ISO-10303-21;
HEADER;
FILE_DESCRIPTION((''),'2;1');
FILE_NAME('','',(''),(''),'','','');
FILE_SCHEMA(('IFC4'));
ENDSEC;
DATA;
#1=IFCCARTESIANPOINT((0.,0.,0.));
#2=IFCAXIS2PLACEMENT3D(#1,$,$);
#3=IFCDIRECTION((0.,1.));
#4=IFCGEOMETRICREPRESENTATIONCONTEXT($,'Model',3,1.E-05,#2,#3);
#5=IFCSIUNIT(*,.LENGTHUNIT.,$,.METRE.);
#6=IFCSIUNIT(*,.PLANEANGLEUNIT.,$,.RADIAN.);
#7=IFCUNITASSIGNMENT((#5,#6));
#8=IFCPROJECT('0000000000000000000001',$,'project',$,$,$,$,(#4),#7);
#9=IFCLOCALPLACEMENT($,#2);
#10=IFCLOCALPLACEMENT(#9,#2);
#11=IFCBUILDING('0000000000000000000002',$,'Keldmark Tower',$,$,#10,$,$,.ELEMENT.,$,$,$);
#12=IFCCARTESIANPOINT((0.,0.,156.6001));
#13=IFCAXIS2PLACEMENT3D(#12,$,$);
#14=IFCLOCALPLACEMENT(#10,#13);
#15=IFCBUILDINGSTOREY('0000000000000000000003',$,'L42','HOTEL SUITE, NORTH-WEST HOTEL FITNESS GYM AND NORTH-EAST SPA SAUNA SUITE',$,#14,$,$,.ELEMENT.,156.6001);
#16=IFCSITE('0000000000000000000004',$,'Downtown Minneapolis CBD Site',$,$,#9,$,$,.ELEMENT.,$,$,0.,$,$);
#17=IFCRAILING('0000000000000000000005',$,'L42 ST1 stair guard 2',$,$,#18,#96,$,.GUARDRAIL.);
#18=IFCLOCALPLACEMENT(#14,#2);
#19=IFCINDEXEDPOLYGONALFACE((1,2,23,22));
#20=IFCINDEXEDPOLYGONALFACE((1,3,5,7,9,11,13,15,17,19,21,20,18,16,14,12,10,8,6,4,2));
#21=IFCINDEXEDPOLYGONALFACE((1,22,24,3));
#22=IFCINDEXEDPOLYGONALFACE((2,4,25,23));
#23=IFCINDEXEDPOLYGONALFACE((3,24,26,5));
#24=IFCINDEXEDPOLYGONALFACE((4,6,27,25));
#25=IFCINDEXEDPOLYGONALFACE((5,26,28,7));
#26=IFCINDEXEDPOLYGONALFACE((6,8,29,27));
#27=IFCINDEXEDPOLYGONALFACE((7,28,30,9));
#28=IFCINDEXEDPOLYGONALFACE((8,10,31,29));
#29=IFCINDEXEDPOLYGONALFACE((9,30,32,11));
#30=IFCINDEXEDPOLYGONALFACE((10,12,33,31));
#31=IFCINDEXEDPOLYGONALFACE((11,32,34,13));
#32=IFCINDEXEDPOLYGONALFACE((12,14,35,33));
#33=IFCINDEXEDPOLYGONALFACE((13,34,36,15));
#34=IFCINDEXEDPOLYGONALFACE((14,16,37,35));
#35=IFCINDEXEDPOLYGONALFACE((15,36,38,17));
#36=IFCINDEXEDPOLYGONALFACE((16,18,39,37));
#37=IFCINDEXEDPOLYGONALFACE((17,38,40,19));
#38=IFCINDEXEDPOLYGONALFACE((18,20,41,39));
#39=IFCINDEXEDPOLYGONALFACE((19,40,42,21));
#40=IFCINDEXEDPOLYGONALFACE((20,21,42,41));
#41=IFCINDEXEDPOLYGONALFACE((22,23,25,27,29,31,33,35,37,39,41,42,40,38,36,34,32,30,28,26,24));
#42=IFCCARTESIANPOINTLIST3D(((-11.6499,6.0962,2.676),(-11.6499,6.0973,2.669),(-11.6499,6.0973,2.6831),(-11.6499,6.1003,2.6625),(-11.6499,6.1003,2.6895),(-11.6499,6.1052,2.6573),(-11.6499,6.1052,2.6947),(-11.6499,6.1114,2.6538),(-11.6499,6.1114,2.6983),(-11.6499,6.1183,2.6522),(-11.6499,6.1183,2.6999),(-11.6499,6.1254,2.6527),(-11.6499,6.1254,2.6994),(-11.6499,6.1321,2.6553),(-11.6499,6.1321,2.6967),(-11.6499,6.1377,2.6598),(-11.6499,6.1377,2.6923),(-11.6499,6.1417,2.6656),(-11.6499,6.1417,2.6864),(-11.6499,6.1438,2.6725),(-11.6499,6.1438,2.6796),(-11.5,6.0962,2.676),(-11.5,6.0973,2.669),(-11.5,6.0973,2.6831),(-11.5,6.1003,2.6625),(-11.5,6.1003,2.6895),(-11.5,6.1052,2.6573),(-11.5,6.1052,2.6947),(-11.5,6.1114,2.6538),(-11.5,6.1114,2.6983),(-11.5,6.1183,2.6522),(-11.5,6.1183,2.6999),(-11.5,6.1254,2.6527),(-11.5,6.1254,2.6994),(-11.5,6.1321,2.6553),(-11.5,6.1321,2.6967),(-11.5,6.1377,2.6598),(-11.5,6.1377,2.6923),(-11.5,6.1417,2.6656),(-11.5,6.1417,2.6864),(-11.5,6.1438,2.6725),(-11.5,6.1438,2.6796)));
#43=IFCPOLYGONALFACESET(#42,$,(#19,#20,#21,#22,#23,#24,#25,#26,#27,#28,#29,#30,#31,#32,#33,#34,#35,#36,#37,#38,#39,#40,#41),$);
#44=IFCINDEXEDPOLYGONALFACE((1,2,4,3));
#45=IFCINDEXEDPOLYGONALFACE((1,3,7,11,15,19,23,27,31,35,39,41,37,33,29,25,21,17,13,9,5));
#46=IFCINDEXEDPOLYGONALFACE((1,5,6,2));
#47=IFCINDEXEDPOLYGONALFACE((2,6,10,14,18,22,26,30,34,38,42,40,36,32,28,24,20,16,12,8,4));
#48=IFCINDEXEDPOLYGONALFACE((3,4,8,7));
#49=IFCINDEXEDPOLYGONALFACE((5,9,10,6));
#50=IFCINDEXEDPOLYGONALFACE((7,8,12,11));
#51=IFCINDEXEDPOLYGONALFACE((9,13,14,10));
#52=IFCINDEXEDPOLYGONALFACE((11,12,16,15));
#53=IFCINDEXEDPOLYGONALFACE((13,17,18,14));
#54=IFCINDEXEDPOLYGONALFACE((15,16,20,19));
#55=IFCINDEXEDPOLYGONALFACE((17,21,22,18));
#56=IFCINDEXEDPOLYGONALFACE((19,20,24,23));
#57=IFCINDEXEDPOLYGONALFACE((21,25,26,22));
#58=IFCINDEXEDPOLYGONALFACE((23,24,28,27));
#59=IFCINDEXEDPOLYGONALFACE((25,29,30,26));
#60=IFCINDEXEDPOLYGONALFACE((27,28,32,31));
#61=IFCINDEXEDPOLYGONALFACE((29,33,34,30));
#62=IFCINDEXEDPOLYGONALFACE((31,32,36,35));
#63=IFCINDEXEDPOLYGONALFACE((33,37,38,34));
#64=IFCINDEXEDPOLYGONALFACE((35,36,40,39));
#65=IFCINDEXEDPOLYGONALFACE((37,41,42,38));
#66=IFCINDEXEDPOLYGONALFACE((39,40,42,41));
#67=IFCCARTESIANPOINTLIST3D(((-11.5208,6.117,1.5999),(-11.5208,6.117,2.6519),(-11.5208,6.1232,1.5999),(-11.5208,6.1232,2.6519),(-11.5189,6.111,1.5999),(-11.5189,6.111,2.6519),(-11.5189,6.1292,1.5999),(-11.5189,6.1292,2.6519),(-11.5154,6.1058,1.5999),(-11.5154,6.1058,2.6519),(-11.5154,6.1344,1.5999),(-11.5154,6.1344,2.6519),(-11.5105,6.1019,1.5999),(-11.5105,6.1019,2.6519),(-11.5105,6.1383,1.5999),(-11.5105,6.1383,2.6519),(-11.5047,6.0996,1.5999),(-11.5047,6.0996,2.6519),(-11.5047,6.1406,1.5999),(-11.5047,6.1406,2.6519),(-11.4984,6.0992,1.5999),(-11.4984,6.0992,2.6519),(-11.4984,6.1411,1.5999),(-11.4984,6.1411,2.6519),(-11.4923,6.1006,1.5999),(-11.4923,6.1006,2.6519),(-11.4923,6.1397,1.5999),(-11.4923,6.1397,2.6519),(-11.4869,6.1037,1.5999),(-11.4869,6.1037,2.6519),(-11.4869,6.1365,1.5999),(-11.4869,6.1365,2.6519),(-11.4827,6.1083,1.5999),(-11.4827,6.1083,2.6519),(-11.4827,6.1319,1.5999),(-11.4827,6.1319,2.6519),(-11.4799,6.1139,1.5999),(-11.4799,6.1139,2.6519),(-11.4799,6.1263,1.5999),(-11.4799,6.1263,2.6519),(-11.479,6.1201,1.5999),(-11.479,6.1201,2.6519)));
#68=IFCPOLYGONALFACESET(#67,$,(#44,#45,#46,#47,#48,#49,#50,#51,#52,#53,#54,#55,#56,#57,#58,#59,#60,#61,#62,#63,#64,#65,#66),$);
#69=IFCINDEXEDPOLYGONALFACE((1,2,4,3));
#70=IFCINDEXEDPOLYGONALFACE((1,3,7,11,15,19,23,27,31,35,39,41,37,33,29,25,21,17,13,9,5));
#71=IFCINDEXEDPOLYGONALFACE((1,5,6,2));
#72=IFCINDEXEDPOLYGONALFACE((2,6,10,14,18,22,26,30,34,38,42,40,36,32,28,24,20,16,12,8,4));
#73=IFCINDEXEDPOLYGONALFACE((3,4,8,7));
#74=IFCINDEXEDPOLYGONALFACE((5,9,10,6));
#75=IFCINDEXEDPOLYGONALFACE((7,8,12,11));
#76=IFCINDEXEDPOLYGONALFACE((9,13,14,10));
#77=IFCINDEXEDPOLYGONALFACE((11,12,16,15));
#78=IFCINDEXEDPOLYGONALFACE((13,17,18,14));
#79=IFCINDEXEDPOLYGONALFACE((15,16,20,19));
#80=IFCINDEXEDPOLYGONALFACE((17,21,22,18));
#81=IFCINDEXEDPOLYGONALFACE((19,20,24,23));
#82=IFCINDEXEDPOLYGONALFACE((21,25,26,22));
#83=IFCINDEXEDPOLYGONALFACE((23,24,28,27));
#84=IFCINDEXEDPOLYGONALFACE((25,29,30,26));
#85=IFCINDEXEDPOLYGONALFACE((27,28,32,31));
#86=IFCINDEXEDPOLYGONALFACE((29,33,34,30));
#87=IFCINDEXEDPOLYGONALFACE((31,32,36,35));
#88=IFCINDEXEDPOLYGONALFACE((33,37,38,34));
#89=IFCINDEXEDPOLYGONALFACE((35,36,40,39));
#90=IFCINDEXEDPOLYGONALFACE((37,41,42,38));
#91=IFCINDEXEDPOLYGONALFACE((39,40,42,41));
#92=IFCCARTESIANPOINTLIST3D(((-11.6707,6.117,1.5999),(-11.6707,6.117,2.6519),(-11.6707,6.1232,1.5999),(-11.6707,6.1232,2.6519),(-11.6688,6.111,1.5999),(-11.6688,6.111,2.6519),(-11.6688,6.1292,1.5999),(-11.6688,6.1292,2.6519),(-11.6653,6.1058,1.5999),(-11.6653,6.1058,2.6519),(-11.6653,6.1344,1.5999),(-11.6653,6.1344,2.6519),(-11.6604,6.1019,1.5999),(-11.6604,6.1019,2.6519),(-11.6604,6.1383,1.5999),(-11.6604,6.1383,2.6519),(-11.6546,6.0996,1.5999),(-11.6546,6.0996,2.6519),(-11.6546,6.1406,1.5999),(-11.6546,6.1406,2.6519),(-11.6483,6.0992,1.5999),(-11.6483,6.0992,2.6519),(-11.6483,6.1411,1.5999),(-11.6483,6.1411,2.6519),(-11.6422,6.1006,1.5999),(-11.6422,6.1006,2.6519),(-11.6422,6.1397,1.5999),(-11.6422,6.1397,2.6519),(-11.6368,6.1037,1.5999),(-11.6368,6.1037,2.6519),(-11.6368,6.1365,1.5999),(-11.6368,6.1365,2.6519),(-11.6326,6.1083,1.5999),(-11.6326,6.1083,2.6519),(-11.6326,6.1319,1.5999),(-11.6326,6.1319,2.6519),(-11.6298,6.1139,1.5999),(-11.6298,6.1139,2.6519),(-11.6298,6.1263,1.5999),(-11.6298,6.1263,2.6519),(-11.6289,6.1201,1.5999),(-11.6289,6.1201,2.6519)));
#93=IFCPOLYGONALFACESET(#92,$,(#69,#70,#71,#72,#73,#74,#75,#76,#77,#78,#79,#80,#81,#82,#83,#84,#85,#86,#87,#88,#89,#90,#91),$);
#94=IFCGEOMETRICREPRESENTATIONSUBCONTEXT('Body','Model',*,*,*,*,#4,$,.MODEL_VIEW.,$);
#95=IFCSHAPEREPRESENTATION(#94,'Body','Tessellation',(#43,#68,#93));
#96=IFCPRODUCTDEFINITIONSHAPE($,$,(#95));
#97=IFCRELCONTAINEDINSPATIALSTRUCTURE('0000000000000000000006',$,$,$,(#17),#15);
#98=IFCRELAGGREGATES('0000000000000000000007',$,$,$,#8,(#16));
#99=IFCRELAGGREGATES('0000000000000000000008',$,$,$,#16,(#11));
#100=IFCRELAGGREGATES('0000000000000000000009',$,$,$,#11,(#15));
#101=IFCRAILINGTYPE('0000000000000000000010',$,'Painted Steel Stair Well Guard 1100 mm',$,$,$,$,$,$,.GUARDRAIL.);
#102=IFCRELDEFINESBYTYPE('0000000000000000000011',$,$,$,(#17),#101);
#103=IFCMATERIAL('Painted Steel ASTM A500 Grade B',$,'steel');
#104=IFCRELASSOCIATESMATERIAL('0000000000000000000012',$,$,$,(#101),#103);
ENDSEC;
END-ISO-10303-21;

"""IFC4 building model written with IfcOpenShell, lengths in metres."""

from ifc_helpers import new_model, si_unit, direction, frame, origin, origin_2d, place, context, subcontext, project, spatial, circle, extrude, material, type_object, element, save


model = new_model("IFC4")

# Units and contexts
model_context = context("Model", 3, precision=1e-05, world=origin(), true_north=direction((0.0, 1.0)))
body_context = subcontext(model_context, "Body", "Model", "MODEL_VIEW")
ifc_project = project(units=[si_unit("LENGTHUNIT", "METRE"), si_unit("PLANEANGLEUNIT", "RADIAN")], contexts=[model_context])

# Site, building, storey
site_placement = place(None, origin())
site = spatial("IfcSite", under=ifc_project, at=site_placement, Name="Downtown Minneapolis CBD Site", CompositionType="ELEMENT", RefElevation=0.0)
building_placement = place(site_placement, origin())
building = spatial("IfcBuilding", under=site, at=building_placement, Name="Keldmark Tower", CompositionType="ELEMENT")
storey_placement = place(building_placement, frame((0.0, 0.0, 156.6001)))
storey = spatial("IfcBuildingStorey", under=building, at=storey_placement, Name="L42", Description="HOTEL SUITE, NORTH-WEST HOTEL FITNESS GYM AND NORTH-EAST SPA SAUNA SUITE", CompositionType="ELEMENT", Elevation=156.6001)

# Railing
ifc_material_1 = material(Name="Painted Steel ASTM A500 Grade B", Category="steel")
railing_type_1 = type_object("IfcRailingType", Name="Painted Steel Stair Well Guard 1100 mm", PredefinedType="GUARDRAIL", material=ifc_material_1)
railing_1_placement = place(storey_placement, frame((-11.5, 6.1201, 1.5999)))
element("IfcRailing", 1, at=railing_1_placement, inside=storey, type_object=railing_type_1, Name="L42 ST1 stair guard 2", PredefinedType="GUARDRAIL", context=body_context, shape_type="SweptSolid", body=[
    extrude(circle(Radius=0.0239, at=origin_2d()), frame((0.0, 0.0, 1.0762), z_axis=(-1.0, 0.0, 0.0), x_axis=(0.0, -1.0, 0.0)), (0.0, 0.0, 1.0), 0.1499),
    extrude(circle(Radius=0.021, at=origin_2d()), origin(), (0.0, 0.0, 1.0), 1.052),
    extrude(circle(Radius=0.021, at=origin_2d()), frame((-0.1499, 0.0, 0.0)), (0.0, 0.0, 1.0), 1.052),
])

save(model, "model.ifc")
